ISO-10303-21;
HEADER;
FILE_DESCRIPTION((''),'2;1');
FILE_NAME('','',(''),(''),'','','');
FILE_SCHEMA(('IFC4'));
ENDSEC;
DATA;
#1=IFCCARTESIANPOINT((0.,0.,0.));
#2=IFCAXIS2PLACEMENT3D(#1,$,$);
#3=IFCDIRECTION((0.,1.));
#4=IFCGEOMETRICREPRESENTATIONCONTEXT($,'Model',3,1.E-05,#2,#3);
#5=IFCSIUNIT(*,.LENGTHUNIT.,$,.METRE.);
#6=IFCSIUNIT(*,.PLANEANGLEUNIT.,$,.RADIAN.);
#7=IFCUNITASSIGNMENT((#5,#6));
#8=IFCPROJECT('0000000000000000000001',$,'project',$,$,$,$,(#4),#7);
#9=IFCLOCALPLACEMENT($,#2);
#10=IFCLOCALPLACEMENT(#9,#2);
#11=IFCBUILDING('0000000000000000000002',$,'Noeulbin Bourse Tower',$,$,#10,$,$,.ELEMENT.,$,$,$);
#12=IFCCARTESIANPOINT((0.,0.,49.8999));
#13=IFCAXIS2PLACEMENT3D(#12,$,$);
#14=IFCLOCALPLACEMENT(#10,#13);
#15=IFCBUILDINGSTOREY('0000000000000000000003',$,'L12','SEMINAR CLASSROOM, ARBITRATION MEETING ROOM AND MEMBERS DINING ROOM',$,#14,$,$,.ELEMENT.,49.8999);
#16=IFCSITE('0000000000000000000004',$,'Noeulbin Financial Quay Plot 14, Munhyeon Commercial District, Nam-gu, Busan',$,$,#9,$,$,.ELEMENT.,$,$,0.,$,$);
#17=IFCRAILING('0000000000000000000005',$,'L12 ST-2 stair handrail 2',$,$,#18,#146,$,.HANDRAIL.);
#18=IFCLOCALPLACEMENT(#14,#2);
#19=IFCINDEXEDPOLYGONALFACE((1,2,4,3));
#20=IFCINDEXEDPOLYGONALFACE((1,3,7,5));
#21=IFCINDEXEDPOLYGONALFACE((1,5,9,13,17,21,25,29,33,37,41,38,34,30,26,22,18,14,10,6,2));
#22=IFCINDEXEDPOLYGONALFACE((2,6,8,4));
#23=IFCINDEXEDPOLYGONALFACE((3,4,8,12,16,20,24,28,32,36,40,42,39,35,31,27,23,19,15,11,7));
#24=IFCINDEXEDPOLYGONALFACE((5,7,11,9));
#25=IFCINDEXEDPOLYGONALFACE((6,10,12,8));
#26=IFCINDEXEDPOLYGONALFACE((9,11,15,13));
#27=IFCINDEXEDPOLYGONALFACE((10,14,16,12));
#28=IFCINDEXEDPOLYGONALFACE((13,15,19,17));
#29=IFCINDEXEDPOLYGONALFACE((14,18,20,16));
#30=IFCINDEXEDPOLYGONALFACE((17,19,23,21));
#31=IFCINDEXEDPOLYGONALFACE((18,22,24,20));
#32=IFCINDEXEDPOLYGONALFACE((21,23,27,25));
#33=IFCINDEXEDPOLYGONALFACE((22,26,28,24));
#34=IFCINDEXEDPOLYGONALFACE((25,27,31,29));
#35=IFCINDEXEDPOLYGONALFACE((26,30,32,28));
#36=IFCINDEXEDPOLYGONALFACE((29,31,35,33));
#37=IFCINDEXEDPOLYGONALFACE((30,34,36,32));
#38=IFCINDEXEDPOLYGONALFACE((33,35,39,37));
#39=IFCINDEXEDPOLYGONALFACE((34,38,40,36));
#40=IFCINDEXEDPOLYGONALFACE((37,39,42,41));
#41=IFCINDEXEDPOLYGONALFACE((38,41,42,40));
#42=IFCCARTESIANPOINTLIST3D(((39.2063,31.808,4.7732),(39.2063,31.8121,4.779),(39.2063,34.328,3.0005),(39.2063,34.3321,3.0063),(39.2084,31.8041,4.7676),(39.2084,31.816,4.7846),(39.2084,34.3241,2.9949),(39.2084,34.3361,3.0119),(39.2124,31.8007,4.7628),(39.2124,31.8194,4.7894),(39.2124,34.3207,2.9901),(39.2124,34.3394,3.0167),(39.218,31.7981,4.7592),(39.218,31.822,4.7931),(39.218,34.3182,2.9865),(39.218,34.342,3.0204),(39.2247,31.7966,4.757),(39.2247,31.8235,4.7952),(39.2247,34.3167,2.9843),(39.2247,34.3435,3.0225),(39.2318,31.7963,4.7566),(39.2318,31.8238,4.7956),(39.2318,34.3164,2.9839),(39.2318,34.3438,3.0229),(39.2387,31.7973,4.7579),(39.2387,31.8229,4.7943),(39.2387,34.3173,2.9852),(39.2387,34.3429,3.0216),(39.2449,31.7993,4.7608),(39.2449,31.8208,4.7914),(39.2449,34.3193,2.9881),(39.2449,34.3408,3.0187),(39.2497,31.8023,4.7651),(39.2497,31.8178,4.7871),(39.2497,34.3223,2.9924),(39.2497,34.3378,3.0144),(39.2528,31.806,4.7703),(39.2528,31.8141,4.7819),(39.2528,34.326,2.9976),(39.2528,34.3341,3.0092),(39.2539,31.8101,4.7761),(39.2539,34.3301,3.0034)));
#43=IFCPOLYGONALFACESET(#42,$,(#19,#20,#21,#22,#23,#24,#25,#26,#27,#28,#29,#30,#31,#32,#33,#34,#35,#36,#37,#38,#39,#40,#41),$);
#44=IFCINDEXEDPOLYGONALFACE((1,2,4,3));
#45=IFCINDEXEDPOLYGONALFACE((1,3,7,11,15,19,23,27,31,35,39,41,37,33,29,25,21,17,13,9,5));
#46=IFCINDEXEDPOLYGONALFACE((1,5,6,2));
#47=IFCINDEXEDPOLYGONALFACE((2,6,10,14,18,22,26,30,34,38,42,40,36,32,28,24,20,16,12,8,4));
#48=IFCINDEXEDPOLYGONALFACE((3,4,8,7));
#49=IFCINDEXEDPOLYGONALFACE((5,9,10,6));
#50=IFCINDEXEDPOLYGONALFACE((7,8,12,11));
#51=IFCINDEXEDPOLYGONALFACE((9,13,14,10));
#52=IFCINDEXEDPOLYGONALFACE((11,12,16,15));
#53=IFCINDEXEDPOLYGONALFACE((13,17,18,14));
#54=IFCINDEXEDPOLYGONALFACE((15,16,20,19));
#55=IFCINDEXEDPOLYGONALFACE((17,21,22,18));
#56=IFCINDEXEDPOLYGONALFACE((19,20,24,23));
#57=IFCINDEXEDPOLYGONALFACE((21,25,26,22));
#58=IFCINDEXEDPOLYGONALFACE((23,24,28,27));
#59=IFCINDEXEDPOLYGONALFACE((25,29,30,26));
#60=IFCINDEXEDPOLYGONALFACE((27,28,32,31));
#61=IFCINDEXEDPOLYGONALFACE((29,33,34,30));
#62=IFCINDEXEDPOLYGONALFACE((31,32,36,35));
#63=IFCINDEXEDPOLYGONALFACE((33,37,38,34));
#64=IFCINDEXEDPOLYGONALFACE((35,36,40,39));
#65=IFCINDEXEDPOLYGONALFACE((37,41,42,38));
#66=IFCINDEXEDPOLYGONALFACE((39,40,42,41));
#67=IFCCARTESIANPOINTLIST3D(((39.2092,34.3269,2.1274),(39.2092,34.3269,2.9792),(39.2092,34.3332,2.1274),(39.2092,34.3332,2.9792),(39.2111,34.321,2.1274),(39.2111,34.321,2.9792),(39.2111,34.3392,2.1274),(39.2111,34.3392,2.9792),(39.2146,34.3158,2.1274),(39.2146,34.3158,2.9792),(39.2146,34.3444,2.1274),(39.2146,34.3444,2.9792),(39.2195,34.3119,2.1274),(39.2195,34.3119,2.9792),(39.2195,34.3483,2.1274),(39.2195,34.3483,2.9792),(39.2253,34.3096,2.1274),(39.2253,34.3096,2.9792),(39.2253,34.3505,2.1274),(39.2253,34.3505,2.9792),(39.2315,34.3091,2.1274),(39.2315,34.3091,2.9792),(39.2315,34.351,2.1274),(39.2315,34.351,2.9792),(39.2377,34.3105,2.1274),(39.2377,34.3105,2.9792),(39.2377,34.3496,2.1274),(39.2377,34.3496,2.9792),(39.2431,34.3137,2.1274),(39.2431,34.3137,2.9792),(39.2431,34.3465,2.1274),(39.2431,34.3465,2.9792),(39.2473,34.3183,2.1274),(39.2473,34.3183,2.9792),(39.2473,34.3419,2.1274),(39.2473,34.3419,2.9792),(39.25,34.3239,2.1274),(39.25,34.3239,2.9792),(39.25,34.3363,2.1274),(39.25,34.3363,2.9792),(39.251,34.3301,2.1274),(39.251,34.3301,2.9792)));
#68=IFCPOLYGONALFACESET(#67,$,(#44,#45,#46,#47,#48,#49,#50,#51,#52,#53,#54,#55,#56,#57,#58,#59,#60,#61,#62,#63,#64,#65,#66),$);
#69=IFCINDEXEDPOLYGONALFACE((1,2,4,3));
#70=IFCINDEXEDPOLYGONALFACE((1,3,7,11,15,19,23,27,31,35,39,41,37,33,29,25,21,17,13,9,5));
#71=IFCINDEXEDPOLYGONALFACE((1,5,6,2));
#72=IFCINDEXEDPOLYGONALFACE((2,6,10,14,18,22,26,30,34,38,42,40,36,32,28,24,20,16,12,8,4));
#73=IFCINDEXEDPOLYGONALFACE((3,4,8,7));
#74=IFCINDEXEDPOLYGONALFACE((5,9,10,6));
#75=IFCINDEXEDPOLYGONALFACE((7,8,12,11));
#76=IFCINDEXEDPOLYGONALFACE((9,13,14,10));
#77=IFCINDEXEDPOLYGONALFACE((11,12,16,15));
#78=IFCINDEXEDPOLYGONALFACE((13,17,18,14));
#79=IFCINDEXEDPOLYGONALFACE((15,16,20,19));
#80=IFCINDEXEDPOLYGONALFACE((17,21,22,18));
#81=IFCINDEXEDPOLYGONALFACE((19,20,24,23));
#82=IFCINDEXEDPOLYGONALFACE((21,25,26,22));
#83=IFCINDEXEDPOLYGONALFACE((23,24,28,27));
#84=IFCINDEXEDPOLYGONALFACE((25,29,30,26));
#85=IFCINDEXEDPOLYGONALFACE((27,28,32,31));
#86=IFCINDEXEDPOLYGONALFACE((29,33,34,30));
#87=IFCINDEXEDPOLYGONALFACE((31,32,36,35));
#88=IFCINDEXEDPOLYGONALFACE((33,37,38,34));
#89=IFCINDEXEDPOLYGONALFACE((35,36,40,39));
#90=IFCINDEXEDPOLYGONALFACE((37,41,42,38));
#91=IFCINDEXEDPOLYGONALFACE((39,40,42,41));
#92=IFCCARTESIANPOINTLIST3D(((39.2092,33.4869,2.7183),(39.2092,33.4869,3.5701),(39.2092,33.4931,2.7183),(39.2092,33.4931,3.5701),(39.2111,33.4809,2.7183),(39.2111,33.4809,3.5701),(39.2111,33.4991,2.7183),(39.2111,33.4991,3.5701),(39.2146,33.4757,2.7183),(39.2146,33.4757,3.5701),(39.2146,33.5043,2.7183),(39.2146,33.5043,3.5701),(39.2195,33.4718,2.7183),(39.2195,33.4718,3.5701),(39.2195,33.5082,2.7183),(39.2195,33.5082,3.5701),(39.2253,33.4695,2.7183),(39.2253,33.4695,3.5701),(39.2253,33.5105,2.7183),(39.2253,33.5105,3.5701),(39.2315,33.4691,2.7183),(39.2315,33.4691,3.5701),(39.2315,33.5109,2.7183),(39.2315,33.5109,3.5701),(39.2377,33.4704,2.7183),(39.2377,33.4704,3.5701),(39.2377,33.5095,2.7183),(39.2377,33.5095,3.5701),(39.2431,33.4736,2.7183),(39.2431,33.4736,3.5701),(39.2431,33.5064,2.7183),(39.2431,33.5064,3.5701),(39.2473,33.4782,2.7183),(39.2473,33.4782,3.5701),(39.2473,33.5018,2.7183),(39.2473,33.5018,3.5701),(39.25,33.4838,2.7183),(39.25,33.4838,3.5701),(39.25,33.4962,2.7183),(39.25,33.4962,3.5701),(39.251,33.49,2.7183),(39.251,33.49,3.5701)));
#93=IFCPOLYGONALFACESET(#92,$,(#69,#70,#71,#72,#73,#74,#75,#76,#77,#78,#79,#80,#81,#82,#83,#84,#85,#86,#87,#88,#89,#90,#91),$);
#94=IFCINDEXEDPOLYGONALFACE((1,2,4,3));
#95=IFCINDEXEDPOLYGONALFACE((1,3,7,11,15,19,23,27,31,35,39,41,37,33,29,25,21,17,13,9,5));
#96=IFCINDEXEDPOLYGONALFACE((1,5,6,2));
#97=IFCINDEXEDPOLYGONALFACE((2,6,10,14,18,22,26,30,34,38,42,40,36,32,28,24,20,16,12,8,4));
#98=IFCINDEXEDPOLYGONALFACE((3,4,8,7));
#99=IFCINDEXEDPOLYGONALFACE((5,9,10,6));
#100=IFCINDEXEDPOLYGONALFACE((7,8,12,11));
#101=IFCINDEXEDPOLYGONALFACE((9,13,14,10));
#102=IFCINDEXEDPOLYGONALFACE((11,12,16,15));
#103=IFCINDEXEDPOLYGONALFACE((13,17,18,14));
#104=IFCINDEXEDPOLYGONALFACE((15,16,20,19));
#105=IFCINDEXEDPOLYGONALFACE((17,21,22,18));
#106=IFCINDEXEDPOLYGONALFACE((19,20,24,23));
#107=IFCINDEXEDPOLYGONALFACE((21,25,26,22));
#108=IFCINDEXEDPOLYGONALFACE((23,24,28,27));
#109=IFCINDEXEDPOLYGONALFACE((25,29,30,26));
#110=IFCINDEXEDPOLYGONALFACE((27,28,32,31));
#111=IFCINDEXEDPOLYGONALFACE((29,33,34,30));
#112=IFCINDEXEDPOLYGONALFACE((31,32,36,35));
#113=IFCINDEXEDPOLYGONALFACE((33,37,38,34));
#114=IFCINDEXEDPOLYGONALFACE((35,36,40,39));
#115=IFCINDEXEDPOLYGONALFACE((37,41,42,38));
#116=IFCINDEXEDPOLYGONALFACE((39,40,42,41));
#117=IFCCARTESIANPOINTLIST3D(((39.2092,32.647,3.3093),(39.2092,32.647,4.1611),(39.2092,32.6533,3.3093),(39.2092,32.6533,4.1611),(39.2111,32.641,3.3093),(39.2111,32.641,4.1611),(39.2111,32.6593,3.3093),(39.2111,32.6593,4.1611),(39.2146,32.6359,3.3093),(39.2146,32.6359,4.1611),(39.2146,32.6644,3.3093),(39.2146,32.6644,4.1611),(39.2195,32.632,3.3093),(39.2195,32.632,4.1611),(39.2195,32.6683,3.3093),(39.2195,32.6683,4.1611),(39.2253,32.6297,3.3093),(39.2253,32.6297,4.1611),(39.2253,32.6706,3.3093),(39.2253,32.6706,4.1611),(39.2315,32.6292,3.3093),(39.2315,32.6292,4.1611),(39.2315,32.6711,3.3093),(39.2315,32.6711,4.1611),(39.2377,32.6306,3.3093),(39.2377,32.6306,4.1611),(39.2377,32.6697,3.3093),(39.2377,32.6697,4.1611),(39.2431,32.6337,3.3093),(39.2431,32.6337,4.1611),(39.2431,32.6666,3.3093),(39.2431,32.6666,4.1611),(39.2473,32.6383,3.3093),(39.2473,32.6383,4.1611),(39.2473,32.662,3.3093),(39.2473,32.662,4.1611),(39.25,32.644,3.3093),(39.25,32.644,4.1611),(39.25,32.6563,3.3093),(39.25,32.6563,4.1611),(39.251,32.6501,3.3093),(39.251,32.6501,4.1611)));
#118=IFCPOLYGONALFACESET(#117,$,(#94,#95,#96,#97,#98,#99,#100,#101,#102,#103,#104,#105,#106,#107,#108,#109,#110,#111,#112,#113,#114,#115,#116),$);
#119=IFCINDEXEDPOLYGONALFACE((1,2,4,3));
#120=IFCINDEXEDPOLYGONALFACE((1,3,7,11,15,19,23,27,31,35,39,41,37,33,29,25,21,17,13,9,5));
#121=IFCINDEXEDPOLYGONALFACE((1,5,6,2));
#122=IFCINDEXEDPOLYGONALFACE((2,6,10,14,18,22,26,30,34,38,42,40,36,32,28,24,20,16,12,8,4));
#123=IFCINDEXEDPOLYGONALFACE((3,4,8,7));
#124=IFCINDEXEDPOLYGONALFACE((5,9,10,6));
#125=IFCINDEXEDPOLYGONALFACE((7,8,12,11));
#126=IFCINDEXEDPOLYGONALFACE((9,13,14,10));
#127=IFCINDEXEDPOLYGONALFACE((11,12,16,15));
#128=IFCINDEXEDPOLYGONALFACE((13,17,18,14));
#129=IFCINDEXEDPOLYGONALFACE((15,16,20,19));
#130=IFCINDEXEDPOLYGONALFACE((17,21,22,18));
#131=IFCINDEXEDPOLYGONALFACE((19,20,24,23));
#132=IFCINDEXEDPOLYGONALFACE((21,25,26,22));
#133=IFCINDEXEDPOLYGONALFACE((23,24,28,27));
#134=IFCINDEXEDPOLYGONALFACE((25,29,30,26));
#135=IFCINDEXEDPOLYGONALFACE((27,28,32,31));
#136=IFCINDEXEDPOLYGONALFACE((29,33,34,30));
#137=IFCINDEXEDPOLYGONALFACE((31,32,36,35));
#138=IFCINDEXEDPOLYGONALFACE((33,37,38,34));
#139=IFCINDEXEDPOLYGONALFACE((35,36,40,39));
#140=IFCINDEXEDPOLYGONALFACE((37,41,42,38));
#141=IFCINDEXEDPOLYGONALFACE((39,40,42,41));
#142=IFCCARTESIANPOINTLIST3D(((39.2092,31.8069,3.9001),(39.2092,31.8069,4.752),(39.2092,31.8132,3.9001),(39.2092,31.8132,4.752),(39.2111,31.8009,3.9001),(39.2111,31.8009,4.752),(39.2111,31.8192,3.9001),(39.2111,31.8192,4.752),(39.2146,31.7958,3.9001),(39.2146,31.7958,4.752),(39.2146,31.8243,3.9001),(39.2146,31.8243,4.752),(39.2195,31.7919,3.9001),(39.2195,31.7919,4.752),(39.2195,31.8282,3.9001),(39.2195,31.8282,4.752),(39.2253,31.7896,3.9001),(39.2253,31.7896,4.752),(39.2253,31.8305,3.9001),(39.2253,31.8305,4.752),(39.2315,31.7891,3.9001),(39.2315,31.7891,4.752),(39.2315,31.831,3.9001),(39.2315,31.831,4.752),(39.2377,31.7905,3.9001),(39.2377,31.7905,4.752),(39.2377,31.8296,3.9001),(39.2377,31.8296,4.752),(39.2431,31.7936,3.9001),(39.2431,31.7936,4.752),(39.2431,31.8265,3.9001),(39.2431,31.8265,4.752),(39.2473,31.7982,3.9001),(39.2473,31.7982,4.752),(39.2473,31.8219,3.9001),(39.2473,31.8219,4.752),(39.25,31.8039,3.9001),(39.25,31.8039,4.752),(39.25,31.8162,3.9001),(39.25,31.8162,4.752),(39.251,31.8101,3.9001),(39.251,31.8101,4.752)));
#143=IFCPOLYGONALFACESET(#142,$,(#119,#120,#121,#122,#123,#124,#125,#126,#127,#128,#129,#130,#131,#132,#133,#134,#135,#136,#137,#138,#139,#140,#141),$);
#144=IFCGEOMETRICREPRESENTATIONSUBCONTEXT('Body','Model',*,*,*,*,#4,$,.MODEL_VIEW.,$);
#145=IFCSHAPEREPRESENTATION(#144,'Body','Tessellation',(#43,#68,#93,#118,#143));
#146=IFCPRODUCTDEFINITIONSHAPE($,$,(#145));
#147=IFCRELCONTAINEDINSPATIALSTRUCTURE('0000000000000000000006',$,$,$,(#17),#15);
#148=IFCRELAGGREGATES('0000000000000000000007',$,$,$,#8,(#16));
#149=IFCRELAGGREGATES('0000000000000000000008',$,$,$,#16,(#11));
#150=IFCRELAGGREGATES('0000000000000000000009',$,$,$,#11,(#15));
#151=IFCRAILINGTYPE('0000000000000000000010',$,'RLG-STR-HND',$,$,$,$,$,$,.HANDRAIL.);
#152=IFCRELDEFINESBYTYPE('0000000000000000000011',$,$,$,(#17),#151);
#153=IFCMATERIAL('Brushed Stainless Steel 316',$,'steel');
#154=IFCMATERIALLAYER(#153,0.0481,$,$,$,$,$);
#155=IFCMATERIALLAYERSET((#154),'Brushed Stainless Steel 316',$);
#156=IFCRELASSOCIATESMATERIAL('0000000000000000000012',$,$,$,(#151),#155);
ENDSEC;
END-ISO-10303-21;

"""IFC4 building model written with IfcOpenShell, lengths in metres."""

from ifc_helpers import new_model, si_unit, direction, frame, origin, origin_2d, place, context, subcontext, project, spatial, circle, extrude, material, layer, layer_set, type_object, element, save


model = new_model("IFC4")

# Units and contexts
model_context = context("Model", 3, precision=1e-05, world=origin(), true_north=direction((0.0, 1.0)))
body_context = subcontext(model_context, "Body", "Model", "MODEL_VIEW")
ifc_project = project(units=[si_unit("LENGTHUNIT", "METRE"), si_unit("PLANEANGLEUNIT", "RADIAN")], contexts=[model_context])

# Site, building, storey
site_placement = place(None, origin())
site = spatial("IfcSite", under=ifc_project, at=site_placement, Name="Noeulbin Financial Quay Plot 14, Munhyeon Commercial District, Nam-gu, Busan", CompositionType="ELEMENT", RefElevation=0.0)
building_placement = place(site_placement, origin())
building = spatial("IfcBuilding", under=site, at=building_placement, Name="Noeulbin Bourse Tower", CompositionType="ELEMENT")
storey_placement = place(building_placement, frame((0.0, 0.0, 49.8999)))
storey = spatial("IfcBuildingStorey", under=building, at=storey_placement, Name="L12", Description="SEMINAR CLASSROOM, ARBITRATION MEETING ROOM AND MEMBERS DINING ROOM", CompositionType="ELEMENT", Elevation=49.8999)

# Shared definitions
ifc_material_1 = material(Name="Brushed Stainless Steel 316", Category="steel")

# Railing
ifc_layer_1 = layer(ifc_material_1, 0.0481)
ifc_layer_set_1 = layer_set([ifc_layer_1], Name="Brushed Stainless Steel 316")
railing_type_1 = type_object("IfcRailingType", Name="RLG-STR-HND", PredefinedType="HANDRAIL", material=ifc_layer_set_1)
railing_1_placement = place(storey_placement, frame((39.23, 34.3301, 2.1274)))
element("IfcRailing", 1, at=railing_1_placement, inside=storey, type_object=railing_type_1, Name="L12 ST-2 stair handrail 2", PredefinedType="HANDRAIL", context=body_context, shape_type="SweptSolid", body=[
    extrude(circle(Radius=0.0239, at=origin_2d()), frame((0.0, 0.0, 0.876), z_axis=(0.0, -0.817904, 0.575354), x_axis=(1.0, 0.0, 0.0)), (0.0, 0.0, 1.0), 3.0811),
    extrude(circle(Radius=0.021, at=origin_2d()), origin(), (0.0, 0.0, 1.0), 0.8518),
    extrude(circle(Radius=0.021, at=origin_2d()), frame((0.0, -0.8401, 0.5908)), (0.0, 0.0, 1.0), 0.8518),
    extrude(circle(Radius=0.021, at=origin_2d()), frame((0.0, -1.6799, 1.1819)), (0.0, 0.0, 1.0), 0.8518),
    extrude(circle(Radius=0.021, at=origin_2d()), frame((0.0, -2.52, 1.7727)), (0.0, 0.0, 1.0), 0.8518),
])

save(model, "model.ifc")
